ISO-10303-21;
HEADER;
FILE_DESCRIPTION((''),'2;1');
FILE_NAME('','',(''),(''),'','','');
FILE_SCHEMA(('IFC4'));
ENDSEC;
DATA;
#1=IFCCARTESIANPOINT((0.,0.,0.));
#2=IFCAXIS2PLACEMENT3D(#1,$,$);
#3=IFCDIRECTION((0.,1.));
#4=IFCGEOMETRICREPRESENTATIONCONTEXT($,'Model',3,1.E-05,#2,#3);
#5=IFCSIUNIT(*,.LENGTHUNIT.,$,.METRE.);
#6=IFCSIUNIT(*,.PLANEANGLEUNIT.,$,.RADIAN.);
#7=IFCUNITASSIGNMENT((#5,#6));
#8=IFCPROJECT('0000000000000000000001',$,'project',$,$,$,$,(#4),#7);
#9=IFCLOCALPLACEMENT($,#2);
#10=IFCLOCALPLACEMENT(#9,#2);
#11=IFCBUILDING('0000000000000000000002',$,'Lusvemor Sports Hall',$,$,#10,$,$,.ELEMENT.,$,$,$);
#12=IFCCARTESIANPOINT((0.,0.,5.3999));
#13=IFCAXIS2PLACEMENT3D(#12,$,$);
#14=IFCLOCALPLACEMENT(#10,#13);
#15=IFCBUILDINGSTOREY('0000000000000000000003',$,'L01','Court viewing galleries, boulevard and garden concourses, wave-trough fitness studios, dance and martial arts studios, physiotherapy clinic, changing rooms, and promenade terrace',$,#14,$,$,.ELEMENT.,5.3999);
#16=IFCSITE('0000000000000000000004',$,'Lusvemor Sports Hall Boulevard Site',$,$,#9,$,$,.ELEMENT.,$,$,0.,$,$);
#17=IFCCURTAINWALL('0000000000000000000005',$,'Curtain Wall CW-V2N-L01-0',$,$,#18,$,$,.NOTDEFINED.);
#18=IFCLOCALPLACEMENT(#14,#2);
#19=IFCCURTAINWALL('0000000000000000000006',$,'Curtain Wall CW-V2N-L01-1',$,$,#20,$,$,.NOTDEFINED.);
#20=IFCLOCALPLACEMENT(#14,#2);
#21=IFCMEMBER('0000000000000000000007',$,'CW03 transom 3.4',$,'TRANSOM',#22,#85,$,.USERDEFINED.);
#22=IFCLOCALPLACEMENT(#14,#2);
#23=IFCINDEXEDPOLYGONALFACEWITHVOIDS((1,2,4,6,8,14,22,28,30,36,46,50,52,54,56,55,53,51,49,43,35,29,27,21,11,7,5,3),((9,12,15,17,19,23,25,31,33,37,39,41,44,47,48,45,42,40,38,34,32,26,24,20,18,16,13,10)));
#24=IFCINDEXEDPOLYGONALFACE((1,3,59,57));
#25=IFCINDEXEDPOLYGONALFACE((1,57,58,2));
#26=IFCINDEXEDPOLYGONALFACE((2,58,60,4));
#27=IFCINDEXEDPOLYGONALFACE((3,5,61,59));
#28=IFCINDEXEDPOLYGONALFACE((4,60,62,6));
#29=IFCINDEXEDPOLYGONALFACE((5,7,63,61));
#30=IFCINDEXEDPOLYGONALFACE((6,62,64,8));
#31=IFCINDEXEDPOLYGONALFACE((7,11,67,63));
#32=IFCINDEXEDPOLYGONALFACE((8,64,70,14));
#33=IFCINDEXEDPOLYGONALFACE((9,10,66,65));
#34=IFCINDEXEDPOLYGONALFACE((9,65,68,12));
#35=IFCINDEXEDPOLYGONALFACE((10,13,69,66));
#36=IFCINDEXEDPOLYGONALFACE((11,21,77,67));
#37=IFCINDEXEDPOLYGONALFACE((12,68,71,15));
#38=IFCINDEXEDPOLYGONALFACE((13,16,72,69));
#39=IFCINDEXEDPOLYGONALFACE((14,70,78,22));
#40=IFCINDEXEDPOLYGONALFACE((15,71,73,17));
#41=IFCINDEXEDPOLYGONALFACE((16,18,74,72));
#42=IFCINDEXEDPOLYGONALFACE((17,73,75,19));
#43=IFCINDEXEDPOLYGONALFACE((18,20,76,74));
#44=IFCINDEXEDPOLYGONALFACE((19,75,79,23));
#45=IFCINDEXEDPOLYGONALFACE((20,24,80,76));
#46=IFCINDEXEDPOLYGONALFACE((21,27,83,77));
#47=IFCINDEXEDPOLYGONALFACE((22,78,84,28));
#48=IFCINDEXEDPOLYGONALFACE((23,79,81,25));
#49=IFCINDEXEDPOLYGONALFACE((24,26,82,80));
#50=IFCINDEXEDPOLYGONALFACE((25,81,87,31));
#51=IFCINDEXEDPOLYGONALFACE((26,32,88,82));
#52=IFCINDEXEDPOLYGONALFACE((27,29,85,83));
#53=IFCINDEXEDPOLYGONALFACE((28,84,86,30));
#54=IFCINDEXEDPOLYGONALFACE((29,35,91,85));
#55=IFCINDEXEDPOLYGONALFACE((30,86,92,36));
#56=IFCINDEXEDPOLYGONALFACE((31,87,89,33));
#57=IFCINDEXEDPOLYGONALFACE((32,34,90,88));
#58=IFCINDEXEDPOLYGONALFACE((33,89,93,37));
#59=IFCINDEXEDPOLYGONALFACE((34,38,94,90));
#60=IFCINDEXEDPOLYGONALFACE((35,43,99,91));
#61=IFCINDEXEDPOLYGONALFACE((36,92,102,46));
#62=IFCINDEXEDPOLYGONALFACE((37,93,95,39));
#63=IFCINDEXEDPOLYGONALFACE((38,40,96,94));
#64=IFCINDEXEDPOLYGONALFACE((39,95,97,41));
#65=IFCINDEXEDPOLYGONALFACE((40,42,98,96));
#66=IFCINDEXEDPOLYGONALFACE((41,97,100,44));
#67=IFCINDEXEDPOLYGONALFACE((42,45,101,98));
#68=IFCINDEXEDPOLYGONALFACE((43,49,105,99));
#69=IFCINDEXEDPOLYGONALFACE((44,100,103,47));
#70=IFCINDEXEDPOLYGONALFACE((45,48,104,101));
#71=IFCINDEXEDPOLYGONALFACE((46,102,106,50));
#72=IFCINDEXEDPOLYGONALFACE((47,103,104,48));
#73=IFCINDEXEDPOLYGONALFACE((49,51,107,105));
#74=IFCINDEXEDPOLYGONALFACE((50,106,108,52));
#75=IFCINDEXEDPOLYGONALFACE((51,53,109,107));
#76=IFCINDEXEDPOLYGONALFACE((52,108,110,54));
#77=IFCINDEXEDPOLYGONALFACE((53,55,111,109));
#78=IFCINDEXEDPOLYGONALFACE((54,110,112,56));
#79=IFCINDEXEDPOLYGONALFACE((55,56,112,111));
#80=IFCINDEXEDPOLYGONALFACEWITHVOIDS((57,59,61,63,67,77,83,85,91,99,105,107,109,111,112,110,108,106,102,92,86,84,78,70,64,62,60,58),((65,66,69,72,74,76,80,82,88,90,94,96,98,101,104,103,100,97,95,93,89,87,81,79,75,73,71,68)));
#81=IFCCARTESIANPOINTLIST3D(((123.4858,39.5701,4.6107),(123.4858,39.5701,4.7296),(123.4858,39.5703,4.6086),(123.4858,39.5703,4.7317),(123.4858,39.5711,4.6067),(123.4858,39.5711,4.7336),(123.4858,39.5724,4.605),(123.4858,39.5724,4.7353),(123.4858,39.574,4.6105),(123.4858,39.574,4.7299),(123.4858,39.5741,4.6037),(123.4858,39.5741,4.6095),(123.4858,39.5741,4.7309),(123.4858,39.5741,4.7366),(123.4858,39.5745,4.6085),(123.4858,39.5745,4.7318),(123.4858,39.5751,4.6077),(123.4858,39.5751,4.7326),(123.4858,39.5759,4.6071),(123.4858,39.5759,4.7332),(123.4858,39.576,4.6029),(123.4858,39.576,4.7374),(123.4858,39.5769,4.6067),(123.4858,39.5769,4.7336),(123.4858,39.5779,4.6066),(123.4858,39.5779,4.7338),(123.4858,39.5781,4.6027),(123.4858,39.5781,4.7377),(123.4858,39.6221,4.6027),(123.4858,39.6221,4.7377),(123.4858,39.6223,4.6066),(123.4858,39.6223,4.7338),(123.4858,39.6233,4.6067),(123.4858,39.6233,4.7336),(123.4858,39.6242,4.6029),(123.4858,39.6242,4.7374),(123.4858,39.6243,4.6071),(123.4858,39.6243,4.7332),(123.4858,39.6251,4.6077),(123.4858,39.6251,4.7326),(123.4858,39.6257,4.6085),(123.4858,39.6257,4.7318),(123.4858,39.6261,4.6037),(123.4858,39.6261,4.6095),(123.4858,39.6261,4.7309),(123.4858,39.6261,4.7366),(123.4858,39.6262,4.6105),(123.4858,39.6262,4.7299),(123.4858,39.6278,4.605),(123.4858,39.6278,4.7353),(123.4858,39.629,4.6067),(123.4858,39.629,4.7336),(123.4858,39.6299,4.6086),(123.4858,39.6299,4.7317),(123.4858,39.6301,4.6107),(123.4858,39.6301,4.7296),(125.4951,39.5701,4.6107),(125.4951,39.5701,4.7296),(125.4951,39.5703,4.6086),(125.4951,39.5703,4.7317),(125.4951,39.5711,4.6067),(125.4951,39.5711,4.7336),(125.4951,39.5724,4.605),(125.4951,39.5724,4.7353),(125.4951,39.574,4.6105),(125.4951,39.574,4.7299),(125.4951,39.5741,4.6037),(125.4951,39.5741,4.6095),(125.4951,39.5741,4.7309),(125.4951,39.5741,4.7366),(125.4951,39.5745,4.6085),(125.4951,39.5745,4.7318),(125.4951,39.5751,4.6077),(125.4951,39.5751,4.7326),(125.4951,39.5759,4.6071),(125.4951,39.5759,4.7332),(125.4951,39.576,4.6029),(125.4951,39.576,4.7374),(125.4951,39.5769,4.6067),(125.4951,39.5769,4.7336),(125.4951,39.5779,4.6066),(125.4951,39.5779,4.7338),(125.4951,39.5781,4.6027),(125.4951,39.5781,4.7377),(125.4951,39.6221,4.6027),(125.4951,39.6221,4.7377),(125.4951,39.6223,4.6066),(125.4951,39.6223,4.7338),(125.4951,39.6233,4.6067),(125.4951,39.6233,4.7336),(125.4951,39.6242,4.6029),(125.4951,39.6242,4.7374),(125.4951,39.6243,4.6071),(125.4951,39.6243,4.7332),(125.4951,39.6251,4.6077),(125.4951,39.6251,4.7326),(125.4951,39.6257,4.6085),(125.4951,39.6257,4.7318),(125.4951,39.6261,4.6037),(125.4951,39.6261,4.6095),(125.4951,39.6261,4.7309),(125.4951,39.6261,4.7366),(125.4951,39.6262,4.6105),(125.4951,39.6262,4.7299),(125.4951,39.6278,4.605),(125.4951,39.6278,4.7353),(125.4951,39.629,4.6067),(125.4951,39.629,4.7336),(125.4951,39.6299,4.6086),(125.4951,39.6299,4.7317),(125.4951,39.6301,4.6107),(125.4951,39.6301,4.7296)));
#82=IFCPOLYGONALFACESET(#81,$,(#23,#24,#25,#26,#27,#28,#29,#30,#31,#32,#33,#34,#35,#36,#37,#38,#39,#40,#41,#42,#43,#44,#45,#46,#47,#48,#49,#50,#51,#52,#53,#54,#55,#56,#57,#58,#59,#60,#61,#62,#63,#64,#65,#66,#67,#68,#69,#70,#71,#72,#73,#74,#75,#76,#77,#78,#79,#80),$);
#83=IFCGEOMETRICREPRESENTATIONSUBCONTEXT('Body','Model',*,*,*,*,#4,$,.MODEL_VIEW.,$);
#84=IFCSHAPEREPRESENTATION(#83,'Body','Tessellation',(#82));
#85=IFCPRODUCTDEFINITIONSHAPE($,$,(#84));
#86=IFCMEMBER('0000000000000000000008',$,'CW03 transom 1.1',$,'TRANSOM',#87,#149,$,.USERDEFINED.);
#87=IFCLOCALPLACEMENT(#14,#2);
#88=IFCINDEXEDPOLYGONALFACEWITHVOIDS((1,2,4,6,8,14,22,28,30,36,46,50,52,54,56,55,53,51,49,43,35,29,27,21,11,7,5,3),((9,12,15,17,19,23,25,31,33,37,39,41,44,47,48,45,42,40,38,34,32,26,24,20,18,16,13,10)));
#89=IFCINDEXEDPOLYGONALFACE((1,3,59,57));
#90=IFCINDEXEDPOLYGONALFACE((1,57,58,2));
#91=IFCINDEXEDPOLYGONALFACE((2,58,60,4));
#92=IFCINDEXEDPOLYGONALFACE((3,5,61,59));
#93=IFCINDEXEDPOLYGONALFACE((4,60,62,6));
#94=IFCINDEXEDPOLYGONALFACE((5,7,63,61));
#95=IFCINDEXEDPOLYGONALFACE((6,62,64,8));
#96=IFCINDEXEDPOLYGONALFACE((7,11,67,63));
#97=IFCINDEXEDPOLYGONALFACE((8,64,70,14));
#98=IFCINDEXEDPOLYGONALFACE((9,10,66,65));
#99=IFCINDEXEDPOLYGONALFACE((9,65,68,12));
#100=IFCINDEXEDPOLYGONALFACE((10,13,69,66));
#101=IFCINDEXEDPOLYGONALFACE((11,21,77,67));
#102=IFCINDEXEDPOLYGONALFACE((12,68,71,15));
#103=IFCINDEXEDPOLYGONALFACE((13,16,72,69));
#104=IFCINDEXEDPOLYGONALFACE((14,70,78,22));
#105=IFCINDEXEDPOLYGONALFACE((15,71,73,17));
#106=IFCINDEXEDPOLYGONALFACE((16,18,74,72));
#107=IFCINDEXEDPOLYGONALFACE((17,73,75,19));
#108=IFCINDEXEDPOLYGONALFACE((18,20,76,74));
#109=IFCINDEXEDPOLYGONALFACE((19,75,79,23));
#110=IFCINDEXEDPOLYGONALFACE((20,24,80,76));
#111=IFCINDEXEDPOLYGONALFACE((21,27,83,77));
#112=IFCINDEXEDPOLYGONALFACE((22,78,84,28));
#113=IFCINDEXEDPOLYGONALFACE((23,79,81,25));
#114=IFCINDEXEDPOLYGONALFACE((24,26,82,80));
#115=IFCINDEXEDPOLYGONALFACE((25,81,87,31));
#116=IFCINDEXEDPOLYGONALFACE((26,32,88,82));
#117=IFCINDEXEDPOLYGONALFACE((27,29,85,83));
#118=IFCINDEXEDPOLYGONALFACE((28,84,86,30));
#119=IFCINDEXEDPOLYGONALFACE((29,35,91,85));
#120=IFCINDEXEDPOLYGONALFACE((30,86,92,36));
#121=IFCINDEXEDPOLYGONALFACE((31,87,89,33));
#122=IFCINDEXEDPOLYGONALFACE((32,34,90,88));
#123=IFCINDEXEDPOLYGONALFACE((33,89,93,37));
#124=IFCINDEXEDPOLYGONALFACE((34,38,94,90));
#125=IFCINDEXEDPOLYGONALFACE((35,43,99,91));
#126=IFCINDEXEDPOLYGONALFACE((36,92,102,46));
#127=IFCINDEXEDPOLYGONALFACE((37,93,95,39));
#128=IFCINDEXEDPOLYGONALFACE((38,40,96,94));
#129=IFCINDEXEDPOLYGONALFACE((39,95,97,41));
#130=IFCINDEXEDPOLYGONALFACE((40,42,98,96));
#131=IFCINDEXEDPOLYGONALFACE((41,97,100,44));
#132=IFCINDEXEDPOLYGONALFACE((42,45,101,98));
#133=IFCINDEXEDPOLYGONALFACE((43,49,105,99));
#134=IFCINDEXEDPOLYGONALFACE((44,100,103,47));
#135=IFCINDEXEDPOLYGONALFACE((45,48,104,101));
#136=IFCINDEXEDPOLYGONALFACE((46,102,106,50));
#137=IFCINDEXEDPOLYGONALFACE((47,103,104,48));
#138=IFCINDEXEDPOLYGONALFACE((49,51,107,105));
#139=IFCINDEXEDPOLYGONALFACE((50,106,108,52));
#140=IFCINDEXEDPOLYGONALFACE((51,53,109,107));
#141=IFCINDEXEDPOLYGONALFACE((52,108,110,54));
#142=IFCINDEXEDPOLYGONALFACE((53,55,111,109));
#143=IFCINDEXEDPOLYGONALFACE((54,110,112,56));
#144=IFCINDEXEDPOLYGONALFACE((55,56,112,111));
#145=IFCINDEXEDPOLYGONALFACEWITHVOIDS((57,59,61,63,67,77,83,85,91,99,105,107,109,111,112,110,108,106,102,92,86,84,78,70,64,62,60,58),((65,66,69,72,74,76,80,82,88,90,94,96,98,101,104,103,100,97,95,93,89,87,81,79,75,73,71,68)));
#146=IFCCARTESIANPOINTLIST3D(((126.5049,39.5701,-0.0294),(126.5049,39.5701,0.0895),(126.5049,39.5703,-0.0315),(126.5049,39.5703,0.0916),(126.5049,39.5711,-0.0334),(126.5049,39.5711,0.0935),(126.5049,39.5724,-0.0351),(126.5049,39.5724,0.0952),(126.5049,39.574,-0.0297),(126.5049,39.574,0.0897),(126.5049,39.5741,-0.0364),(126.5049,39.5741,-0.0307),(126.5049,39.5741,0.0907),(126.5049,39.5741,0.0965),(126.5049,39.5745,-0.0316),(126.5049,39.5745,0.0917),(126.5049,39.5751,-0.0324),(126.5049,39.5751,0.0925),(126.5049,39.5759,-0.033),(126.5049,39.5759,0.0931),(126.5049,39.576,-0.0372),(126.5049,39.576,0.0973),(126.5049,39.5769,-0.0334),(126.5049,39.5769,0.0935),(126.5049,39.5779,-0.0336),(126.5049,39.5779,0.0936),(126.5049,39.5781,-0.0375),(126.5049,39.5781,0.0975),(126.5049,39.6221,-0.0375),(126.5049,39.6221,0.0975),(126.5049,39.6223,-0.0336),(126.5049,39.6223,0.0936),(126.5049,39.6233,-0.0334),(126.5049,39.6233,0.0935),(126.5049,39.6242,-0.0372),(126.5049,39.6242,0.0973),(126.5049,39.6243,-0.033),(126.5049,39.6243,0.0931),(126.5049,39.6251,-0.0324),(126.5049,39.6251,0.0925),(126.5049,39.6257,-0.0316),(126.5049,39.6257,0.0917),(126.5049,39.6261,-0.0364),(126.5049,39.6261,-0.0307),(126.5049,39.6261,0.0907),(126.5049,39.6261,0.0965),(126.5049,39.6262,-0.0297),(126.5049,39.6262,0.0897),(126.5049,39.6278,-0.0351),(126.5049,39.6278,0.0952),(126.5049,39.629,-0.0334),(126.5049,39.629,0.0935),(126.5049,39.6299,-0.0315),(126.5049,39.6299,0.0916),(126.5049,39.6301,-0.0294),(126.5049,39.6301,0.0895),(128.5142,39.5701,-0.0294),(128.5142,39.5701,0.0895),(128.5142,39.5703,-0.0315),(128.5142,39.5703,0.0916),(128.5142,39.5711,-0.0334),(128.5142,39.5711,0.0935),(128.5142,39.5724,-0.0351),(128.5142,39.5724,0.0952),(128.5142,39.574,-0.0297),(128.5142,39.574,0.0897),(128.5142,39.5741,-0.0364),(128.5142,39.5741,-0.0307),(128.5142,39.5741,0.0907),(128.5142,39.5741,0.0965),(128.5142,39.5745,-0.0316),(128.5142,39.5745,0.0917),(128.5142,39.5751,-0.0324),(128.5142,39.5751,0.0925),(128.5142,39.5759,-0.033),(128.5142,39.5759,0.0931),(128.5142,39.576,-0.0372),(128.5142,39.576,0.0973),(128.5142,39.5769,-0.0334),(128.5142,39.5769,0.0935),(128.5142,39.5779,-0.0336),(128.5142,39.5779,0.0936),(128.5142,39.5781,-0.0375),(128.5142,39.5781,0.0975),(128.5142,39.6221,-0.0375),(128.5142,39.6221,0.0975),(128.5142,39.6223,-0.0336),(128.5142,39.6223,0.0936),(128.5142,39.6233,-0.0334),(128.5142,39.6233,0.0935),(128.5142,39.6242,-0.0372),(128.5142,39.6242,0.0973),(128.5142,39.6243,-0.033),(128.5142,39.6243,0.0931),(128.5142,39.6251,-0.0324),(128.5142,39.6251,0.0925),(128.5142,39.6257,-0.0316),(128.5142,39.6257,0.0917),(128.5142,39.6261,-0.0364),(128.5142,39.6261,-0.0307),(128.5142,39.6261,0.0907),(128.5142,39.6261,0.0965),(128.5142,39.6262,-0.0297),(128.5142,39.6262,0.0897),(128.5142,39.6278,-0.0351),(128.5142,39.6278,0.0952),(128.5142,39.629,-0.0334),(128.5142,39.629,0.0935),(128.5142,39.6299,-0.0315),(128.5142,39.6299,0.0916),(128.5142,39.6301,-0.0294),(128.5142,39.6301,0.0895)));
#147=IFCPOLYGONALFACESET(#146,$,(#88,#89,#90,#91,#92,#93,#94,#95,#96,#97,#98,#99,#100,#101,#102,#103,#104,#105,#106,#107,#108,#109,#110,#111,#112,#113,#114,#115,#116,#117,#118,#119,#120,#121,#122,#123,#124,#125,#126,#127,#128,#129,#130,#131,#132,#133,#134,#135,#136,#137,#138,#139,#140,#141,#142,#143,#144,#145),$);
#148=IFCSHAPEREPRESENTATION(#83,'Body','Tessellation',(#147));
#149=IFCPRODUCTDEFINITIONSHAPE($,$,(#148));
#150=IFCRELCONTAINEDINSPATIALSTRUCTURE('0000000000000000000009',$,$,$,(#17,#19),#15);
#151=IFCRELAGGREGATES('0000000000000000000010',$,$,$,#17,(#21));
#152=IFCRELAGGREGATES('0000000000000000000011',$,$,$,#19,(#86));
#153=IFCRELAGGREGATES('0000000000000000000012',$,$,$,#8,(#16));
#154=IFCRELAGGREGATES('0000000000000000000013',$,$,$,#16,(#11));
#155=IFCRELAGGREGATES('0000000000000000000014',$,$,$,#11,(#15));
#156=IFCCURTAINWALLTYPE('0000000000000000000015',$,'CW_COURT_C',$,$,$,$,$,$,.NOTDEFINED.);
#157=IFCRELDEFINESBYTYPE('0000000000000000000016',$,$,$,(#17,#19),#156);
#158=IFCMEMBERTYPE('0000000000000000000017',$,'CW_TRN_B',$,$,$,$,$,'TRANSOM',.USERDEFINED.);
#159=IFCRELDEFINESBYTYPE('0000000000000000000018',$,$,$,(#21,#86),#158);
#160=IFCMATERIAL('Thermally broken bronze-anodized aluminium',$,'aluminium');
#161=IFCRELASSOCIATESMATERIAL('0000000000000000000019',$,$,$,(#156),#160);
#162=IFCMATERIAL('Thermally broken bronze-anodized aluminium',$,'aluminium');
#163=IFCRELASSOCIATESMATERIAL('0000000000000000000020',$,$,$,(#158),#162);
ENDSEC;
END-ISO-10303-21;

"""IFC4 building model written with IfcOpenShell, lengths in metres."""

from ifc_helpers import new_model, si_unit, direction, frame, origin, origin_2d, place, context, subcontext, project, spatial, hollow_rectangle, extrude, material, material_profile, profile_set, type_object, element, aggregate, save


model = new_model("IFC4")

# Units and contexts
model_context = context("Model", 3, precision=1e-05, world=origin(), true_north=direction((0.0, 1.0)))
body_context = subcontext(model_context, "Body", "Model", "MODEL_VIEW")
ifc_project = project(units=[si_unit("LENGTHUNIT", "METRE"), si_unit("PLANEANGLEUNIT", "RADIAN")], contexts=[model_context])

# Site, building, storey
site_placement = place(None, origin())
site = spatial("IfcSite", under=ifc_project, at=site_placement, Name="Lusvemor Sports Hall Boulevard Site", CompositionType="ELEMENT", RefElevation=0.0)
building_placement = place(site_placement, origin())
building = spatial("IfcBuilding", under=site, at=building_placement, Name="Lusvemor Sports Hall", CompositionType="ELEMENT")
storey_placement = place(building_placement, frame((0.0, 0.0, 5.3999)))
storey = spatial("IfcBuildingStorey", under=building, at=storey_placement, Name="L01", Description="Court viewing galleries, boulevard and garden concourses, wave-trough fitness studios, dance and martial arts studios, physiotherapy clinic, changing rooms, and promenade terrace", CompositionType="ELEMENT", Elevation=5.3999)

# Curtain walls
ifc_material_1 = material(Name="Thermally broken bronze-anodized aluminium", Category="aluminium")
curtain_wall_type = type_object("IfcCurtainWallType", Name="CW_COURT_C", PredefinedType="NOTDEFINED", material=ifc_material_1)
curtain_wall_1_placement = place(storey_placement, origin())
curtain_wall_1 = element("IfcCurtainWall", 1, at=curtain_wall_1_placement, inside=storey, type_object=curtain_wall_type, Name="Curtain Wall CW-V2N-L01-0", PredefinedType="NOTDEFINED")
curtain_wall_2_placement = place(storey_placement, origin())
curtain_wall_2 = element("IfcCurtainWall", 2, at=curtain_wall_2_placement, inside=storey, type_object=curtain_wall_type, Name="Curtain Wall CW-V2N-L01-1", PredefinedType="NOTDEFINED")

# Members
ifc_material_2 = material(Name="Thermally broken bronze-anodized aluminium", Category="aluminium")
ifc_material_profile_1 = material_profile(ifc_material_2, hollow_rectangle(XDim=0.0601, YDim=0.135, WallThickness=0.0039, InnerFilletRadius=0.0039, OuterFilletRadius=0.0081, at=origin_2d()), Name="CWTRN135x60x4")
ifc_profile_set_1 = profile_set([ifc_material_profile_1], Name="Thermally broken bronze-anodized aluminium")
member_type_1 = type_object("IfcMemberType", Name="CW_TRN_B", ElementType="TRANSOM", PredefinedType="USERDEFINED", material=ifc_profile_set_1)
member_1_placement = place(storey_placement, frame((123.4858, 39.6001, 4.6702), z_axis=(1.0, 0.0, 0.0), x_axis=(0.0, 1.0, 0.0)))
member_1 = element("IfcMember", 3, at=member_1_placement, type_object=member_type_1, Name="CW03 transom 3.4", ObjectType="TRANSOM", PredefinedType="USERDEFINED", context=body_context, shape_type="SweptSolid", body=[
    extrude(hollow_rectangle(XDim=0.0601, YDim=0.135, WallThickness=0.0039, InnerFilletRadius=0.0039, OuterFilletRadius=0.0081, at=origin_2d()), origin(), (0.0, 0.0, 1.0), 2.0093),
])
member_2_placement = place(storey_placement, frame((126.5049, 39.6001, 0.03), z_axis=(1.0, 0.0, 0.0), x_axis=(0.0, 1.0, 0.0)))
member_2 = element("IfcMember", 4, at=member_2_placement, type_object=member_type_1, Name="CW03 transom 1.1", ObjectType="TRANSOM", PredefinedType="USERDEFINED", context=body_context, shape_type="SweptSolid", body=[
    extrude(hollow_rectangle(XDim=0.0601, YDim=0.135, WallThickness=0.0039, InnerFilletRadius=0.0039, OuterFilletRadius=0.0081, at=origin_2d()), origin(), (0.0, 0.0, 1.0), 2.0093),
])

aggregate(curtain_wall_1, [member_1])
aggregate(curtain_wall_2, [member_2])

save(model, "model.ifc")
